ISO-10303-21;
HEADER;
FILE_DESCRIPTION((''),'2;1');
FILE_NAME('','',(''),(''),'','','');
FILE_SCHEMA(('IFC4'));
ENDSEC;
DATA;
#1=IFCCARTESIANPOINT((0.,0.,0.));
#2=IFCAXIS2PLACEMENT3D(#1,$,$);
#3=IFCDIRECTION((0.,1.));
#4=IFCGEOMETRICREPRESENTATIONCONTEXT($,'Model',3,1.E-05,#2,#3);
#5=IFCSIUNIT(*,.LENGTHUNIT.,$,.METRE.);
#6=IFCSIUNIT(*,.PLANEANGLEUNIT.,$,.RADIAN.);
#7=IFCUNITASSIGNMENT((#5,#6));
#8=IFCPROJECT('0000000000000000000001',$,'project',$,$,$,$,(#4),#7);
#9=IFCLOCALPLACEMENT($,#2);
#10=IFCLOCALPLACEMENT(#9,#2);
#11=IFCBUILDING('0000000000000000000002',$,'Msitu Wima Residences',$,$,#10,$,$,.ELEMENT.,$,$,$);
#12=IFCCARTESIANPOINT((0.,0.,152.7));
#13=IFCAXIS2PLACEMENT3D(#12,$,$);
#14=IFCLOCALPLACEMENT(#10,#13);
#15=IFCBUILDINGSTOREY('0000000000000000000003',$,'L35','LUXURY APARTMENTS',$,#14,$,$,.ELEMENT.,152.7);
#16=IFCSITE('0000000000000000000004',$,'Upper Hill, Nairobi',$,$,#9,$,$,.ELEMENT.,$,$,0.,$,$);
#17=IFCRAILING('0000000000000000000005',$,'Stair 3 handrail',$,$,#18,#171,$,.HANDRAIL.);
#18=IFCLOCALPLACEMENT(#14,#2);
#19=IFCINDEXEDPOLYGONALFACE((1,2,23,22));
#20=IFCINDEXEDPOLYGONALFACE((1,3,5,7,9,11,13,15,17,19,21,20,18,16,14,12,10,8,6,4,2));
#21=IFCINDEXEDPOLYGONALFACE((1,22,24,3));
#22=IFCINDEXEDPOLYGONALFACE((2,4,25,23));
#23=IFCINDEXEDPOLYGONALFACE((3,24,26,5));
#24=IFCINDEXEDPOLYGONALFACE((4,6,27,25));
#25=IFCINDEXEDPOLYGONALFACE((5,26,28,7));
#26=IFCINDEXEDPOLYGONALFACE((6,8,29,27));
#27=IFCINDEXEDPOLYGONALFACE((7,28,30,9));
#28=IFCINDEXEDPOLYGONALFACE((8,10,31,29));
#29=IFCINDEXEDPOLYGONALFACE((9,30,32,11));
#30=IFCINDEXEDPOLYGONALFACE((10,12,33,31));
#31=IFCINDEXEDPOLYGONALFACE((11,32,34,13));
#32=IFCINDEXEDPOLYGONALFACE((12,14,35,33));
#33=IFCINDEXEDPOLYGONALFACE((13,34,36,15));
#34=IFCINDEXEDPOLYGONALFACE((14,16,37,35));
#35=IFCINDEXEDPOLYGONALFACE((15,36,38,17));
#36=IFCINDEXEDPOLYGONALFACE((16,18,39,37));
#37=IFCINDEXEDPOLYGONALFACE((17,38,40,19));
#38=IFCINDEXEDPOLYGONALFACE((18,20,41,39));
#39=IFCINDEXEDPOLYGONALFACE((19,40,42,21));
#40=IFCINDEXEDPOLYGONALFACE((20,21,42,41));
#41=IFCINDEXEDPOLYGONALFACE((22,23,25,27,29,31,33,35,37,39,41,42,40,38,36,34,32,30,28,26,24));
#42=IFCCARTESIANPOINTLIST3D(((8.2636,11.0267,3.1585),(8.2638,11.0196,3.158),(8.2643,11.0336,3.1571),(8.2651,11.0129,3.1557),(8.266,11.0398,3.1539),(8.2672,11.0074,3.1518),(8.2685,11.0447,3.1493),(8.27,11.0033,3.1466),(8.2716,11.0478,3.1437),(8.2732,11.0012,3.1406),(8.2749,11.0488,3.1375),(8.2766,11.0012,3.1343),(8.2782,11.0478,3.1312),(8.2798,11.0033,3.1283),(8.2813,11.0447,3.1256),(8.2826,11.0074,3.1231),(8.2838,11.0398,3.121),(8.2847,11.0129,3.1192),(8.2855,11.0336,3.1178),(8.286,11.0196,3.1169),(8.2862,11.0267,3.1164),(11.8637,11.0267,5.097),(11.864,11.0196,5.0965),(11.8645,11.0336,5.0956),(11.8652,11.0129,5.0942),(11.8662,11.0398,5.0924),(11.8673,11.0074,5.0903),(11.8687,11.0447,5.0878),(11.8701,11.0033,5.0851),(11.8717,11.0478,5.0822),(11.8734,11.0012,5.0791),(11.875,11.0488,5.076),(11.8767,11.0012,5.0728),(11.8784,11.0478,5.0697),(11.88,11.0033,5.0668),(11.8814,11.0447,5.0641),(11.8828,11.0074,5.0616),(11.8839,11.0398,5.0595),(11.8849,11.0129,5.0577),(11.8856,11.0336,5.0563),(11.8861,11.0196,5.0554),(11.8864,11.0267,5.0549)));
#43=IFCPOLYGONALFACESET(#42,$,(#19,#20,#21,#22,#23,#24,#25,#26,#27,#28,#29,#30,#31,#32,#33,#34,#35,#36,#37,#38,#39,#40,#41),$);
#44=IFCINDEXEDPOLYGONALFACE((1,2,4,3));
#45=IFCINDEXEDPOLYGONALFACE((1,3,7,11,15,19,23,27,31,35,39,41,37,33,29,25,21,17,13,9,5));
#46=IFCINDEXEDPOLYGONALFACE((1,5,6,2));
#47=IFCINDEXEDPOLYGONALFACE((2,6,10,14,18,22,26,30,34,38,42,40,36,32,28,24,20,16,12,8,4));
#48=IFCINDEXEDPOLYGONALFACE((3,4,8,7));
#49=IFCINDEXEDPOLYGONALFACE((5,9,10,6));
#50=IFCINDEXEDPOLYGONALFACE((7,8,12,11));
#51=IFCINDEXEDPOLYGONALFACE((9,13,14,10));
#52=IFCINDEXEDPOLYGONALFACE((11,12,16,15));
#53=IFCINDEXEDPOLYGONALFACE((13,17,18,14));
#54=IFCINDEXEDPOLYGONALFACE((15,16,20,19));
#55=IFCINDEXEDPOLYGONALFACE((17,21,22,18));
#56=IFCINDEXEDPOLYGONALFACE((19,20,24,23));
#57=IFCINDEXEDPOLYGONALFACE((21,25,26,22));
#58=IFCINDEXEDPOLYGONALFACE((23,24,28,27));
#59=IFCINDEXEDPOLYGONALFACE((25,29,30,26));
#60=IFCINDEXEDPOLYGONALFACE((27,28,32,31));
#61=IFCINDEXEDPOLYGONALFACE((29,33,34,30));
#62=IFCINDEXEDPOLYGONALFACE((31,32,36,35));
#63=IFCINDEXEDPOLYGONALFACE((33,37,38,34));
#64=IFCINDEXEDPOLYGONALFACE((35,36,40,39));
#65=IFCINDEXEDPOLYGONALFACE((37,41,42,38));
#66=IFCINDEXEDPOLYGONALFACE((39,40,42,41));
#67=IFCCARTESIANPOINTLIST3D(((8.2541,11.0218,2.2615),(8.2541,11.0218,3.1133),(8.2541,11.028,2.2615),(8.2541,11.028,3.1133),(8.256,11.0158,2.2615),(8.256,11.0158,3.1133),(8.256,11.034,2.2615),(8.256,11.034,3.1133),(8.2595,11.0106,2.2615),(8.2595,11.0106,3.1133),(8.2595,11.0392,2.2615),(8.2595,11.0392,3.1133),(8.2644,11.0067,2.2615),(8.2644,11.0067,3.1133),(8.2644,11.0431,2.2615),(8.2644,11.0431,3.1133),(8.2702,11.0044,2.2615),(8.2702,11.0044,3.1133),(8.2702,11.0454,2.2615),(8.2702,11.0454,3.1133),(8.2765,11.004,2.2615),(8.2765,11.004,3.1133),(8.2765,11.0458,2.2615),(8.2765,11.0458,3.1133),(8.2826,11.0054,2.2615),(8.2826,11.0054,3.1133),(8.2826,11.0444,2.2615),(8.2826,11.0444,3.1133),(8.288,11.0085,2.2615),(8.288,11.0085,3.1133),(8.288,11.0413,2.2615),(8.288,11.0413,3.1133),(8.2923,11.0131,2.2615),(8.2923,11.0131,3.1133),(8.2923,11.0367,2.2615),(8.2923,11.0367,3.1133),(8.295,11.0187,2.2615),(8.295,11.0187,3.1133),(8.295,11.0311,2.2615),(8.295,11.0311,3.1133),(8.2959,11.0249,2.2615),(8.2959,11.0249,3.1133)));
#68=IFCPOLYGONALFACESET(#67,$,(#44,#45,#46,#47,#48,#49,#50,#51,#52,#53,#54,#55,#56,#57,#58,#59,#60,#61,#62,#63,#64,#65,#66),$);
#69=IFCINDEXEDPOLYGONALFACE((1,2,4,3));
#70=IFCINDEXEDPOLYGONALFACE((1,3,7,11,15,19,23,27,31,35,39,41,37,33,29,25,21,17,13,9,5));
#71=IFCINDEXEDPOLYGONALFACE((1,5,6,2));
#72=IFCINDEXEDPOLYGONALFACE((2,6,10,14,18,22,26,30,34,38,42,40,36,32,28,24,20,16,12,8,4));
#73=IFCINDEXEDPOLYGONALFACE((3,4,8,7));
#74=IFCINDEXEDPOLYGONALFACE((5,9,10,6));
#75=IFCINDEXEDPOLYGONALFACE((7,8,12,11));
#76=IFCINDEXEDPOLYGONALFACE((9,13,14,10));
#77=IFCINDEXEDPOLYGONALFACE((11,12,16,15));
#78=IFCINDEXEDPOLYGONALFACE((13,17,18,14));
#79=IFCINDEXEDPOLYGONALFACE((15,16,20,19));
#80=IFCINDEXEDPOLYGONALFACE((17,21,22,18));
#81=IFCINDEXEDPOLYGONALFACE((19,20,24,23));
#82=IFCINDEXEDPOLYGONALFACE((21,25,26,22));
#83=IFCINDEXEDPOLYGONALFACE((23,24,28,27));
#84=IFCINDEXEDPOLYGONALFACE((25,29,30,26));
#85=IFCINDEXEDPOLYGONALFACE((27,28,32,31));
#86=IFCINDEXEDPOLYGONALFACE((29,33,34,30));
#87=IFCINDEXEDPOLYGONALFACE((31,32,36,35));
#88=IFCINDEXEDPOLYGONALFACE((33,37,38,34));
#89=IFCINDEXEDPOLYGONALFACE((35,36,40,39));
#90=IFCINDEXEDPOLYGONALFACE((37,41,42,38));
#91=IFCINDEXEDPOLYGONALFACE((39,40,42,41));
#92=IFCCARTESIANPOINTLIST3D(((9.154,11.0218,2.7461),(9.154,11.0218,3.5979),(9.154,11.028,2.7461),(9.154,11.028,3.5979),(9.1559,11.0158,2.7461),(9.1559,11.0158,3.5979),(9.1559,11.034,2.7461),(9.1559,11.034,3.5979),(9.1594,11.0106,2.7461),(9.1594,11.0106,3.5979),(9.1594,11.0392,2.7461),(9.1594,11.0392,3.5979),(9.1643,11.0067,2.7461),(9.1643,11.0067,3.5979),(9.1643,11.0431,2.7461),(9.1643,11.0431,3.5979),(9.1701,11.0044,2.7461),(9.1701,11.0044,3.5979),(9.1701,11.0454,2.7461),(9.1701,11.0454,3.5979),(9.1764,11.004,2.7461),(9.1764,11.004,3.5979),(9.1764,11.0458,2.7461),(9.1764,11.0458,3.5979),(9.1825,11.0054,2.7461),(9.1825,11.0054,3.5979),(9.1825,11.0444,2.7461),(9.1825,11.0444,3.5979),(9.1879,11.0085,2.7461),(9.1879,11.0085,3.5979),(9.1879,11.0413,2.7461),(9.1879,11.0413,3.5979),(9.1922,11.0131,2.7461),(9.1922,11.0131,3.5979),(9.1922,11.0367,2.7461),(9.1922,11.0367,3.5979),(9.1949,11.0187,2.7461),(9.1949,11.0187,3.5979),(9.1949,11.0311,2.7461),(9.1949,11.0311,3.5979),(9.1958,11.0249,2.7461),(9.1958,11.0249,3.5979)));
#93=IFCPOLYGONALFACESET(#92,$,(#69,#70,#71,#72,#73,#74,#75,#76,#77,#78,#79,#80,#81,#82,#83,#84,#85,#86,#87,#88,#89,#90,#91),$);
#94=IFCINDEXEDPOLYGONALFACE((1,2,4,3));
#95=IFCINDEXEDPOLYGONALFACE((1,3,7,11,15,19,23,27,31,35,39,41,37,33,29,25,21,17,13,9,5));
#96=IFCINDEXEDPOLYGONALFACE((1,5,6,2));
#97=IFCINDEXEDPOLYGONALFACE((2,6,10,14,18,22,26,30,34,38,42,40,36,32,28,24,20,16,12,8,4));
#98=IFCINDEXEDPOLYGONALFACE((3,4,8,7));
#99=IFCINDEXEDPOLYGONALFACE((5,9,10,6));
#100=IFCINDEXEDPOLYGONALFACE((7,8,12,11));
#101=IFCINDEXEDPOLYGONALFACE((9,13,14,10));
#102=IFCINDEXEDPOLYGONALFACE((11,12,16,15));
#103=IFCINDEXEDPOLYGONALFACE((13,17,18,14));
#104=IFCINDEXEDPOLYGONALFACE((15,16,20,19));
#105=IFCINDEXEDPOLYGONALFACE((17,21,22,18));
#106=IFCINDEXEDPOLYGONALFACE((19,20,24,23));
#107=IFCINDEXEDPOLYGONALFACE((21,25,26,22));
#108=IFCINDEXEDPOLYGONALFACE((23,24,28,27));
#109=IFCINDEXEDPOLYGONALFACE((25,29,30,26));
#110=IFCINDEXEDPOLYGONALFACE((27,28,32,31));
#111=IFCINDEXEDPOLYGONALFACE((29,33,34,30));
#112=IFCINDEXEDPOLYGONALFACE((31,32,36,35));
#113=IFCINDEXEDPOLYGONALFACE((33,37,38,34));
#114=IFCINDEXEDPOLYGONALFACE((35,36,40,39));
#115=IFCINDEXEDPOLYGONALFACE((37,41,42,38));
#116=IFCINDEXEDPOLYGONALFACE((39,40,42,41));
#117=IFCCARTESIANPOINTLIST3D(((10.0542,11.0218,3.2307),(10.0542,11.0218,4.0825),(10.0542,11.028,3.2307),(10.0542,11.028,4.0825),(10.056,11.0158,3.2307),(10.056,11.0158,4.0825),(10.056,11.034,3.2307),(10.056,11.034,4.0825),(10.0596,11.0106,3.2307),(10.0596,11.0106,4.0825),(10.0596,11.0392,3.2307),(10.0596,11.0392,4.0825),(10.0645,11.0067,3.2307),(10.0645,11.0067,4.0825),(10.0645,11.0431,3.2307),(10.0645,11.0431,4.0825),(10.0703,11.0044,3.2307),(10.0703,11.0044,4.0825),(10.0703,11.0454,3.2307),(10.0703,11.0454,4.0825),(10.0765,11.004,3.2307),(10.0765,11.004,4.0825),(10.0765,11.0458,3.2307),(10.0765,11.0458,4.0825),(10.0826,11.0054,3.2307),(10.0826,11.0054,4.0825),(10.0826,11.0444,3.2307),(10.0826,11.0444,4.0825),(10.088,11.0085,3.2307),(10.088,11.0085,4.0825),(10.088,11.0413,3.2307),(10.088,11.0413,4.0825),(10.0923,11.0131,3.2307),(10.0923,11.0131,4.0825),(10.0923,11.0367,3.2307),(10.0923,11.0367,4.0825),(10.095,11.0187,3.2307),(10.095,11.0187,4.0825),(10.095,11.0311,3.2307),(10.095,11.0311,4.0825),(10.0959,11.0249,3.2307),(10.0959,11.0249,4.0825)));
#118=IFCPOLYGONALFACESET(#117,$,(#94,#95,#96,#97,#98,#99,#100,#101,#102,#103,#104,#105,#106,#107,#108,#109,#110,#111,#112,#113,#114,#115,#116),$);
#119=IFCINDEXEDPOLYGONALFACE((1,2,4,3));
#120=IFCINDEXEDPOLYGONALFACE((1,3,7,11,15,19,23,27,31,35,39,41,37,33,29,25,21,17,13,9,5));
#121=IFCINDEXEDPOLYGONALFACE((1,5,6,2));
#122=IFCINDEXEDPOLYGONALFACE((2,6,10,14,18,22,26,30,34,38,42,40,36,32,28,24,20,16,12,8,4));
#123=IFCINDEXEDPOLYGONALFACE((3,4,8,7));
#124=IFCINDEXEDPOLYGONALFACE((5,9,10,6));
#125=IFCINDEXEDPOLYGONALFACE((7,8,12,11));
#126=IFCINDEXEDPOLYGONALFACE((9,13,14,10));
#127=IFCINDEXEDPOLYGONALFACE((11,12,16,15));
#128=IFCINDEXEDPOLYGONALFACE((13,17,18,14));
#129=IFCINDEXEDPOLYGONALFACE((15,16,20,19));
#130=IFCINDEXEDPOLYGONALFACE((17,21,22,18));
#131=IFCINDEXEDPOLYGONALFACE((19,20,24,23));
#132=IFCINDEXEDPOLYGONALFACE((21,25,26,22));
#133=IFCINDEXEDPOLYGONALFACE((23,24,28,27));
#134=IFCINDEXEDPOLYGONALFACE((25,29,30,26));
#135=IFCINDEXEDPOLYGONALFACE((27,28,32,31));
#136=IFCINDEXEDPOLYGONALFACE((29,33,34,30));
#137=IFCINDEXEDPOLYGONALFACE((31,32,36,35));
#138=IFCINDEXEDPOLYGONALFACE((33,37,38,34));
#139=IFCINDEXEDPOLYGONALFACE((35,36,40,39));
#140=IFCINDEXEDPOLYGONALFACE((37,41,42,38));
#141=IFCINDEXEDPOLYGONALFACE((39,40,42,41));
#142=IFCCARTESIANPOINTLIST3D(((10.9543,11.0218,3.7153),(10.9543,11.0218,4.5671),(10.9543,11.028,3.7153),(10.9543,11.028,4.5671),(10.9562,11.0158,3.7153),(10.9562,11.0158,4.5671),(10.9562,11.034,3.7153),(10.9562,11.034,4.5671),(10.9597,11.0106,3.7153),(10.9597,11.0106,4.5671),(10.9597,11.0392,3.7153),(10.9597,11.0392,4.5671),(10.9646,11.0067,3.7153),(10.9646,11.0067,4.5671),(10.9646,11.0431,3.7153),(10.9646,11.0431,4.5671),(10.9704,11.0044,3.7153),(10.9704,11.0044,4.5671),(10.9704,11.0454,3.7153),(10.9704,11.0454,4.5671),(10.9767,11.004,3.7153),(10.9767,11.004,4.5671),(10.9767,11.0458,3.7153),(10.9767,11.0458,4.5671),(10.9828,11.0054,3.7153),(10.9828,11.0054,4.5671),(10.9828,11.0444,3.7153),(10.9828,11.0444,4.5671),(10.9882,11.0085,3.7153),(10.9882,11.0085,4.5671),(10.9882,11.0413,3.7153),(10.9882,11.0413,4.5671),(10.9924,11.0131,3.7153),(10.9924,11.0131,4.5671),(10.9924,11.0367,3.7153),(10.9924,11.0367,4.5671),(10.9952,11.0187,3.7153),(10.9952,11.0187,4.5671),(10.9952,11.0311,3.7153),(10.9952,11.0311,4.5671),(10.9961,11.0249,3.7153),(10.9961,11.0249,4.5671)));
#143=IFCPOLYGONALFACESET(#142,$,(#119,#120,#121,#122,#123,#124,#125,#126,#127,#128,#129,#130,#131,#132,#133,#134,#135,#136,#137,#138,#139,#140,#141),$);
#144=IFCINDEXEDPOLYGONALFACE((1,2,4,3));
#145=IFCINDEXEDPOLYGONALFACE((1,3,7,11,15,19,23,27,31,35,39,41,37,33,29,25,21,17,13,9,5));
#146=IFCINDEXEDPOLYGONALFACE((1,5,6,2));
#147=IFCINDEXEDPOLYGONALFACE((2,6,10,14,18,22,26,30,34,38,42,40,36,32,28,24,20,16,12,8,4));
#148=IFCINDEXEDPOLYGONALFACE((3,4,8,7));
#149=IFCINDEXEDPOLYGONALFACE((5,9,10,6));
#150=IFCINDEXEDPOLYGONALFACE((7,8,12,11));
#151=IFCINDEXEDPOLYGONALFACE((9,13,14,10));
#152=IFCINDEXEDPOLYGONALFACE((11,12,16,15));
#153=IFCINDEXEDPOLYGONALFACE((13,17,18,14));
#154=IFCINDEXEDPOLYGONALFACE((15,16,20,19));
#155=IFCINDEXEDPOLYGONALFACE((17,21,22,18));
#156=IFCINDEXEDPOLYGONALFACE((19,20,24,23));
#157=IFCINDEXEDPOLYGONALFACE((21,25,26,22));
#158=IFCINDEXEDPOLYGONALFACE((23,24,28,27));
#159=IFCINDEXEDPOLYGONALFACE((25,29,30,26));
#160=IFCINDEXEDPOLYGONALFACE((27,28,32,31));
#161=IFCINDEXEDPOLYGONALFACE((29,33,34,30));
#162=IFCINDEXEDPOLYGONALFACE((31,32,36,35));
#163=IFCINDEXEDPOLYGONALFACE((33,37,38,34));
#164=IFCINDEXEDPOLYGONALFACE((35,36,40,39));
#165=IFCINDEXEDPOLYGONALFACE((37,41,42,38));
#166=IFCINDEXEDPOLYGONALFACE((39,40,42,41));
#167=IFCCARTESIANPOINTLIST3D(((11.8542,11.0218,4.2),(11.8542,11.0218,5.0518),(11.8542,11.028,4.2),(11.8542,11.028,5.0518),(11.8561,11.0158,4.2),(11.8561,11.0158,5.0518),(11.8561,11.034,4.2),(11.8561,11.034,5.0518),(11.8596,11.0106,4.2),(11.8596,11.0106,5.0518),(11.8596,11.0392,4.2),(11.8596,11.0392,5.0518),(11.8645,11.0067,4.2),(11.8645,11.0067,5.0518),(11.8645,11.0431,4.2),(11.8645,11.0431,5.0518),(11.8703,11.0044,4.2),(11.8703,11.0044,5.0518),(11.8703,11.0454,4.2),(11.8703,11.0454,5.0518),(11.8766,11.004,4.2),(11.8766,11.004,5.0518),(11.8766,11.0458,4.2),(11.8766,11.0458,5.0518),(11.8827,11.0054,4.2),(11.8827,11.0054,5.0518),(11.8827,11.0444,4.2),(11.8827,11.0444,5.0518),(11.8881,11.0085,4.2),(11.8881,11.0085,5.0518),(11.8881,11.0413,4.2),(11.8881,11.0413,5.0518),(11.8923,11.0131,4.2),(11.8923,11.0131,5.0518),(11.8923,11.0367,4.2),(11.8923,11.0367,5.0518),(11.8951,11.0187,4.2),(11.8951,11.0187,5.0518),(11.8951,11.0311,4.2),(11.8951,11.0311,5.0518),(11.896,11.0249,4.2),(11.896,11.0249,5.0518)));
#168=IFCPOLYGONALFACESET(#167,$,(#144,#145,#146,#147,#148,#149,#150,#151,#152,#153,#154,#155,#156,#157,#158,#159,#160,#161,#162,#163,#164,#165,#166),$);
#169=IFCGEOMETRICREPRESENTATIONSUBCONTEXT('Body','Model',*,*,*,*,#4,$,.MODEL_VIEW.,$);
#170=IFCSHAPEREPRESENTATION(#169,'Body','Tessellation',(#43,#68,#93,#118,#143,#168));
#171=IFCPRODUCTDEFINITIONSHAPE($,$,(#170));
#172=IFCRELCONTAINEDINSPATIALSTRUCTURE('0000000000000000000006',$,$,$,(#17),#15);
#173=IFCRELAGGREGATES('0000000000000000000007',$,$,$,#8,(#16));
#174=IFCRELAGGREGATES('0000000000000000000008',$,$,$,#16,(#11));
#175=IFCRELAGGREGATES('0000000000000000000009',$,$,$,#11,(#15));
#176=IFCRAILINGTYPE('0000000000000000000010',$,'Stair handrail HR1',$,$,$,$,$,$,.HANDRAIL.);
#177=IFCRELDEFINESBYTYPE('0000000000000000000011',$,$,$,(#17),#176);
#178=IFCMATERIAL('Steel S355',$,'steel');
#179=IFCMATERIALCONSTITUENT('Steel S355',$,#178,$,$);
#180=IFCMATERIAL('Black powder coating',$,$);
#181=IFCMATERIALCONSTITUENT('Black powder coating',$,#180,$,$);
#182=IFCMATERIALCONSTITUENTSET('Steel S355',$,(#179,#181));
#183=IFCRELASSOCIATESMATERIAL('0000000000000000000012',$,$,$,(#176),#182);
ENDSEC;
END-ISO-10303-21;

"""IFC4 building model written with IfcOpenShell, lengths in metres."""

from ifc_helpers import new_model, si_unit, direction, frame, origin, origin_2d, place, context, subcontext, project, spatial, circle, extrude, material, constituent, constituent_set, type_object, element, save


model = new_model("IFC4")

# Units and contexts
model_context = context("Model", 3, precision=1e-05, world=origin(), true_north=direction((0.0, 1.0)))
body_context = subcontext(model_context, "Body", "Model", "MODEL_VIEW")
ifc_project = project(units=[si_unit("LENGTHUNIT", "METRE"), si_unit("PLANEANGLEUNIT", "RADIAN")], contexts=[model_context])

# Site, building, storey
site_placement = place(None, origin())
site = spatial("IfcSite", under=ifc_project, at=site_placement, Name="Upper Hill, Nairobi", CompositionType="ELEMENT", RefElevation=0.0)
building_placement = place(site_placement, origin())
building = spatial("IfcBuilding", under=site, at=building_placement, Name="Msitu Wima Residences", CompositionType="ELEMENT")
storey_placement = place(building_placement, frame((0.0, 0.0, 152.7)))
storey = spatial("IfcBuildingStorey", under=building, at=storey_placement, Name="L35", Description="LUXURY APARTMENTS", CompositionType="ELEMENT", Elevation=152.7)

# Railing
ifc_material_1 = material(Name="Steel S355", Category="steel")
ifc_constituent_1 = constituent(ifc_material_1, Name="Steel S355")
ifc_material_2 = material(Name="Black powder coating")
ifc_constituent_2 = constituent(ifc_material_2, Name="Black powder coating")
ifc_constituent_set_1 = constituent_set(constituents=[ifc_constituent_1, ifc_constituent_2], Name="Steel S355")
railing_type_1 = type_object("IfcRailingType", Name="Stair handrail HR1", PredefinedType="HANDRAIL", material=ifc_constituent_set_1)
railing_1_placement = place(storey_placement, frame((8.2749, 11.0249, 2.2615)))
element("IfcRailing", 1, at=railing_1_placement, inside=storey, type_object=railing_type_1, Name="Stair 3 handrail", PredefinedType="HANDRAIL", context=body_context, shape_type="SweptSolid", body=[
    extrude(circle(Radius=0.0239, at=origin_2d()), frame((0.0, 0.0, 0.876), z_axis=(0.880475, 0.0, 0.474093), x_axis=(0.0, 1.0, 0.0)), (0.0, 0.0, 1.0), 4.0889),
    extrude(circle(Radius=0.021, at=origin_2d()), origin(), (0.0, 0.0, 1.0), 0.8518),
    extrude(circle(Radius=0.021, at=origin_2d()), frame((0.8999, 0.0, 0.4846)), (0.0, 0.0, 1.0), 0.8518),
    extrude(circle(Radius=0.021, at=origin_2d()), frame((1.8, 0.0, 0.9692)), (0.0, 0.0, 1.0), 0.8518),
    extrude(circle(Radius=0.021, at=origin_2d()), frame((2.7002, 0.0, 1.4539)), (0.0, 0.0, 1.0), 0.8518),
    extrude(circle(Radius=0.021, at=origin_2d()), frame((3.6001, 0.0, 1.9385)), (0.0, 0.0, 1.0), 0.8518),
])

save(model, "model.ifc")
